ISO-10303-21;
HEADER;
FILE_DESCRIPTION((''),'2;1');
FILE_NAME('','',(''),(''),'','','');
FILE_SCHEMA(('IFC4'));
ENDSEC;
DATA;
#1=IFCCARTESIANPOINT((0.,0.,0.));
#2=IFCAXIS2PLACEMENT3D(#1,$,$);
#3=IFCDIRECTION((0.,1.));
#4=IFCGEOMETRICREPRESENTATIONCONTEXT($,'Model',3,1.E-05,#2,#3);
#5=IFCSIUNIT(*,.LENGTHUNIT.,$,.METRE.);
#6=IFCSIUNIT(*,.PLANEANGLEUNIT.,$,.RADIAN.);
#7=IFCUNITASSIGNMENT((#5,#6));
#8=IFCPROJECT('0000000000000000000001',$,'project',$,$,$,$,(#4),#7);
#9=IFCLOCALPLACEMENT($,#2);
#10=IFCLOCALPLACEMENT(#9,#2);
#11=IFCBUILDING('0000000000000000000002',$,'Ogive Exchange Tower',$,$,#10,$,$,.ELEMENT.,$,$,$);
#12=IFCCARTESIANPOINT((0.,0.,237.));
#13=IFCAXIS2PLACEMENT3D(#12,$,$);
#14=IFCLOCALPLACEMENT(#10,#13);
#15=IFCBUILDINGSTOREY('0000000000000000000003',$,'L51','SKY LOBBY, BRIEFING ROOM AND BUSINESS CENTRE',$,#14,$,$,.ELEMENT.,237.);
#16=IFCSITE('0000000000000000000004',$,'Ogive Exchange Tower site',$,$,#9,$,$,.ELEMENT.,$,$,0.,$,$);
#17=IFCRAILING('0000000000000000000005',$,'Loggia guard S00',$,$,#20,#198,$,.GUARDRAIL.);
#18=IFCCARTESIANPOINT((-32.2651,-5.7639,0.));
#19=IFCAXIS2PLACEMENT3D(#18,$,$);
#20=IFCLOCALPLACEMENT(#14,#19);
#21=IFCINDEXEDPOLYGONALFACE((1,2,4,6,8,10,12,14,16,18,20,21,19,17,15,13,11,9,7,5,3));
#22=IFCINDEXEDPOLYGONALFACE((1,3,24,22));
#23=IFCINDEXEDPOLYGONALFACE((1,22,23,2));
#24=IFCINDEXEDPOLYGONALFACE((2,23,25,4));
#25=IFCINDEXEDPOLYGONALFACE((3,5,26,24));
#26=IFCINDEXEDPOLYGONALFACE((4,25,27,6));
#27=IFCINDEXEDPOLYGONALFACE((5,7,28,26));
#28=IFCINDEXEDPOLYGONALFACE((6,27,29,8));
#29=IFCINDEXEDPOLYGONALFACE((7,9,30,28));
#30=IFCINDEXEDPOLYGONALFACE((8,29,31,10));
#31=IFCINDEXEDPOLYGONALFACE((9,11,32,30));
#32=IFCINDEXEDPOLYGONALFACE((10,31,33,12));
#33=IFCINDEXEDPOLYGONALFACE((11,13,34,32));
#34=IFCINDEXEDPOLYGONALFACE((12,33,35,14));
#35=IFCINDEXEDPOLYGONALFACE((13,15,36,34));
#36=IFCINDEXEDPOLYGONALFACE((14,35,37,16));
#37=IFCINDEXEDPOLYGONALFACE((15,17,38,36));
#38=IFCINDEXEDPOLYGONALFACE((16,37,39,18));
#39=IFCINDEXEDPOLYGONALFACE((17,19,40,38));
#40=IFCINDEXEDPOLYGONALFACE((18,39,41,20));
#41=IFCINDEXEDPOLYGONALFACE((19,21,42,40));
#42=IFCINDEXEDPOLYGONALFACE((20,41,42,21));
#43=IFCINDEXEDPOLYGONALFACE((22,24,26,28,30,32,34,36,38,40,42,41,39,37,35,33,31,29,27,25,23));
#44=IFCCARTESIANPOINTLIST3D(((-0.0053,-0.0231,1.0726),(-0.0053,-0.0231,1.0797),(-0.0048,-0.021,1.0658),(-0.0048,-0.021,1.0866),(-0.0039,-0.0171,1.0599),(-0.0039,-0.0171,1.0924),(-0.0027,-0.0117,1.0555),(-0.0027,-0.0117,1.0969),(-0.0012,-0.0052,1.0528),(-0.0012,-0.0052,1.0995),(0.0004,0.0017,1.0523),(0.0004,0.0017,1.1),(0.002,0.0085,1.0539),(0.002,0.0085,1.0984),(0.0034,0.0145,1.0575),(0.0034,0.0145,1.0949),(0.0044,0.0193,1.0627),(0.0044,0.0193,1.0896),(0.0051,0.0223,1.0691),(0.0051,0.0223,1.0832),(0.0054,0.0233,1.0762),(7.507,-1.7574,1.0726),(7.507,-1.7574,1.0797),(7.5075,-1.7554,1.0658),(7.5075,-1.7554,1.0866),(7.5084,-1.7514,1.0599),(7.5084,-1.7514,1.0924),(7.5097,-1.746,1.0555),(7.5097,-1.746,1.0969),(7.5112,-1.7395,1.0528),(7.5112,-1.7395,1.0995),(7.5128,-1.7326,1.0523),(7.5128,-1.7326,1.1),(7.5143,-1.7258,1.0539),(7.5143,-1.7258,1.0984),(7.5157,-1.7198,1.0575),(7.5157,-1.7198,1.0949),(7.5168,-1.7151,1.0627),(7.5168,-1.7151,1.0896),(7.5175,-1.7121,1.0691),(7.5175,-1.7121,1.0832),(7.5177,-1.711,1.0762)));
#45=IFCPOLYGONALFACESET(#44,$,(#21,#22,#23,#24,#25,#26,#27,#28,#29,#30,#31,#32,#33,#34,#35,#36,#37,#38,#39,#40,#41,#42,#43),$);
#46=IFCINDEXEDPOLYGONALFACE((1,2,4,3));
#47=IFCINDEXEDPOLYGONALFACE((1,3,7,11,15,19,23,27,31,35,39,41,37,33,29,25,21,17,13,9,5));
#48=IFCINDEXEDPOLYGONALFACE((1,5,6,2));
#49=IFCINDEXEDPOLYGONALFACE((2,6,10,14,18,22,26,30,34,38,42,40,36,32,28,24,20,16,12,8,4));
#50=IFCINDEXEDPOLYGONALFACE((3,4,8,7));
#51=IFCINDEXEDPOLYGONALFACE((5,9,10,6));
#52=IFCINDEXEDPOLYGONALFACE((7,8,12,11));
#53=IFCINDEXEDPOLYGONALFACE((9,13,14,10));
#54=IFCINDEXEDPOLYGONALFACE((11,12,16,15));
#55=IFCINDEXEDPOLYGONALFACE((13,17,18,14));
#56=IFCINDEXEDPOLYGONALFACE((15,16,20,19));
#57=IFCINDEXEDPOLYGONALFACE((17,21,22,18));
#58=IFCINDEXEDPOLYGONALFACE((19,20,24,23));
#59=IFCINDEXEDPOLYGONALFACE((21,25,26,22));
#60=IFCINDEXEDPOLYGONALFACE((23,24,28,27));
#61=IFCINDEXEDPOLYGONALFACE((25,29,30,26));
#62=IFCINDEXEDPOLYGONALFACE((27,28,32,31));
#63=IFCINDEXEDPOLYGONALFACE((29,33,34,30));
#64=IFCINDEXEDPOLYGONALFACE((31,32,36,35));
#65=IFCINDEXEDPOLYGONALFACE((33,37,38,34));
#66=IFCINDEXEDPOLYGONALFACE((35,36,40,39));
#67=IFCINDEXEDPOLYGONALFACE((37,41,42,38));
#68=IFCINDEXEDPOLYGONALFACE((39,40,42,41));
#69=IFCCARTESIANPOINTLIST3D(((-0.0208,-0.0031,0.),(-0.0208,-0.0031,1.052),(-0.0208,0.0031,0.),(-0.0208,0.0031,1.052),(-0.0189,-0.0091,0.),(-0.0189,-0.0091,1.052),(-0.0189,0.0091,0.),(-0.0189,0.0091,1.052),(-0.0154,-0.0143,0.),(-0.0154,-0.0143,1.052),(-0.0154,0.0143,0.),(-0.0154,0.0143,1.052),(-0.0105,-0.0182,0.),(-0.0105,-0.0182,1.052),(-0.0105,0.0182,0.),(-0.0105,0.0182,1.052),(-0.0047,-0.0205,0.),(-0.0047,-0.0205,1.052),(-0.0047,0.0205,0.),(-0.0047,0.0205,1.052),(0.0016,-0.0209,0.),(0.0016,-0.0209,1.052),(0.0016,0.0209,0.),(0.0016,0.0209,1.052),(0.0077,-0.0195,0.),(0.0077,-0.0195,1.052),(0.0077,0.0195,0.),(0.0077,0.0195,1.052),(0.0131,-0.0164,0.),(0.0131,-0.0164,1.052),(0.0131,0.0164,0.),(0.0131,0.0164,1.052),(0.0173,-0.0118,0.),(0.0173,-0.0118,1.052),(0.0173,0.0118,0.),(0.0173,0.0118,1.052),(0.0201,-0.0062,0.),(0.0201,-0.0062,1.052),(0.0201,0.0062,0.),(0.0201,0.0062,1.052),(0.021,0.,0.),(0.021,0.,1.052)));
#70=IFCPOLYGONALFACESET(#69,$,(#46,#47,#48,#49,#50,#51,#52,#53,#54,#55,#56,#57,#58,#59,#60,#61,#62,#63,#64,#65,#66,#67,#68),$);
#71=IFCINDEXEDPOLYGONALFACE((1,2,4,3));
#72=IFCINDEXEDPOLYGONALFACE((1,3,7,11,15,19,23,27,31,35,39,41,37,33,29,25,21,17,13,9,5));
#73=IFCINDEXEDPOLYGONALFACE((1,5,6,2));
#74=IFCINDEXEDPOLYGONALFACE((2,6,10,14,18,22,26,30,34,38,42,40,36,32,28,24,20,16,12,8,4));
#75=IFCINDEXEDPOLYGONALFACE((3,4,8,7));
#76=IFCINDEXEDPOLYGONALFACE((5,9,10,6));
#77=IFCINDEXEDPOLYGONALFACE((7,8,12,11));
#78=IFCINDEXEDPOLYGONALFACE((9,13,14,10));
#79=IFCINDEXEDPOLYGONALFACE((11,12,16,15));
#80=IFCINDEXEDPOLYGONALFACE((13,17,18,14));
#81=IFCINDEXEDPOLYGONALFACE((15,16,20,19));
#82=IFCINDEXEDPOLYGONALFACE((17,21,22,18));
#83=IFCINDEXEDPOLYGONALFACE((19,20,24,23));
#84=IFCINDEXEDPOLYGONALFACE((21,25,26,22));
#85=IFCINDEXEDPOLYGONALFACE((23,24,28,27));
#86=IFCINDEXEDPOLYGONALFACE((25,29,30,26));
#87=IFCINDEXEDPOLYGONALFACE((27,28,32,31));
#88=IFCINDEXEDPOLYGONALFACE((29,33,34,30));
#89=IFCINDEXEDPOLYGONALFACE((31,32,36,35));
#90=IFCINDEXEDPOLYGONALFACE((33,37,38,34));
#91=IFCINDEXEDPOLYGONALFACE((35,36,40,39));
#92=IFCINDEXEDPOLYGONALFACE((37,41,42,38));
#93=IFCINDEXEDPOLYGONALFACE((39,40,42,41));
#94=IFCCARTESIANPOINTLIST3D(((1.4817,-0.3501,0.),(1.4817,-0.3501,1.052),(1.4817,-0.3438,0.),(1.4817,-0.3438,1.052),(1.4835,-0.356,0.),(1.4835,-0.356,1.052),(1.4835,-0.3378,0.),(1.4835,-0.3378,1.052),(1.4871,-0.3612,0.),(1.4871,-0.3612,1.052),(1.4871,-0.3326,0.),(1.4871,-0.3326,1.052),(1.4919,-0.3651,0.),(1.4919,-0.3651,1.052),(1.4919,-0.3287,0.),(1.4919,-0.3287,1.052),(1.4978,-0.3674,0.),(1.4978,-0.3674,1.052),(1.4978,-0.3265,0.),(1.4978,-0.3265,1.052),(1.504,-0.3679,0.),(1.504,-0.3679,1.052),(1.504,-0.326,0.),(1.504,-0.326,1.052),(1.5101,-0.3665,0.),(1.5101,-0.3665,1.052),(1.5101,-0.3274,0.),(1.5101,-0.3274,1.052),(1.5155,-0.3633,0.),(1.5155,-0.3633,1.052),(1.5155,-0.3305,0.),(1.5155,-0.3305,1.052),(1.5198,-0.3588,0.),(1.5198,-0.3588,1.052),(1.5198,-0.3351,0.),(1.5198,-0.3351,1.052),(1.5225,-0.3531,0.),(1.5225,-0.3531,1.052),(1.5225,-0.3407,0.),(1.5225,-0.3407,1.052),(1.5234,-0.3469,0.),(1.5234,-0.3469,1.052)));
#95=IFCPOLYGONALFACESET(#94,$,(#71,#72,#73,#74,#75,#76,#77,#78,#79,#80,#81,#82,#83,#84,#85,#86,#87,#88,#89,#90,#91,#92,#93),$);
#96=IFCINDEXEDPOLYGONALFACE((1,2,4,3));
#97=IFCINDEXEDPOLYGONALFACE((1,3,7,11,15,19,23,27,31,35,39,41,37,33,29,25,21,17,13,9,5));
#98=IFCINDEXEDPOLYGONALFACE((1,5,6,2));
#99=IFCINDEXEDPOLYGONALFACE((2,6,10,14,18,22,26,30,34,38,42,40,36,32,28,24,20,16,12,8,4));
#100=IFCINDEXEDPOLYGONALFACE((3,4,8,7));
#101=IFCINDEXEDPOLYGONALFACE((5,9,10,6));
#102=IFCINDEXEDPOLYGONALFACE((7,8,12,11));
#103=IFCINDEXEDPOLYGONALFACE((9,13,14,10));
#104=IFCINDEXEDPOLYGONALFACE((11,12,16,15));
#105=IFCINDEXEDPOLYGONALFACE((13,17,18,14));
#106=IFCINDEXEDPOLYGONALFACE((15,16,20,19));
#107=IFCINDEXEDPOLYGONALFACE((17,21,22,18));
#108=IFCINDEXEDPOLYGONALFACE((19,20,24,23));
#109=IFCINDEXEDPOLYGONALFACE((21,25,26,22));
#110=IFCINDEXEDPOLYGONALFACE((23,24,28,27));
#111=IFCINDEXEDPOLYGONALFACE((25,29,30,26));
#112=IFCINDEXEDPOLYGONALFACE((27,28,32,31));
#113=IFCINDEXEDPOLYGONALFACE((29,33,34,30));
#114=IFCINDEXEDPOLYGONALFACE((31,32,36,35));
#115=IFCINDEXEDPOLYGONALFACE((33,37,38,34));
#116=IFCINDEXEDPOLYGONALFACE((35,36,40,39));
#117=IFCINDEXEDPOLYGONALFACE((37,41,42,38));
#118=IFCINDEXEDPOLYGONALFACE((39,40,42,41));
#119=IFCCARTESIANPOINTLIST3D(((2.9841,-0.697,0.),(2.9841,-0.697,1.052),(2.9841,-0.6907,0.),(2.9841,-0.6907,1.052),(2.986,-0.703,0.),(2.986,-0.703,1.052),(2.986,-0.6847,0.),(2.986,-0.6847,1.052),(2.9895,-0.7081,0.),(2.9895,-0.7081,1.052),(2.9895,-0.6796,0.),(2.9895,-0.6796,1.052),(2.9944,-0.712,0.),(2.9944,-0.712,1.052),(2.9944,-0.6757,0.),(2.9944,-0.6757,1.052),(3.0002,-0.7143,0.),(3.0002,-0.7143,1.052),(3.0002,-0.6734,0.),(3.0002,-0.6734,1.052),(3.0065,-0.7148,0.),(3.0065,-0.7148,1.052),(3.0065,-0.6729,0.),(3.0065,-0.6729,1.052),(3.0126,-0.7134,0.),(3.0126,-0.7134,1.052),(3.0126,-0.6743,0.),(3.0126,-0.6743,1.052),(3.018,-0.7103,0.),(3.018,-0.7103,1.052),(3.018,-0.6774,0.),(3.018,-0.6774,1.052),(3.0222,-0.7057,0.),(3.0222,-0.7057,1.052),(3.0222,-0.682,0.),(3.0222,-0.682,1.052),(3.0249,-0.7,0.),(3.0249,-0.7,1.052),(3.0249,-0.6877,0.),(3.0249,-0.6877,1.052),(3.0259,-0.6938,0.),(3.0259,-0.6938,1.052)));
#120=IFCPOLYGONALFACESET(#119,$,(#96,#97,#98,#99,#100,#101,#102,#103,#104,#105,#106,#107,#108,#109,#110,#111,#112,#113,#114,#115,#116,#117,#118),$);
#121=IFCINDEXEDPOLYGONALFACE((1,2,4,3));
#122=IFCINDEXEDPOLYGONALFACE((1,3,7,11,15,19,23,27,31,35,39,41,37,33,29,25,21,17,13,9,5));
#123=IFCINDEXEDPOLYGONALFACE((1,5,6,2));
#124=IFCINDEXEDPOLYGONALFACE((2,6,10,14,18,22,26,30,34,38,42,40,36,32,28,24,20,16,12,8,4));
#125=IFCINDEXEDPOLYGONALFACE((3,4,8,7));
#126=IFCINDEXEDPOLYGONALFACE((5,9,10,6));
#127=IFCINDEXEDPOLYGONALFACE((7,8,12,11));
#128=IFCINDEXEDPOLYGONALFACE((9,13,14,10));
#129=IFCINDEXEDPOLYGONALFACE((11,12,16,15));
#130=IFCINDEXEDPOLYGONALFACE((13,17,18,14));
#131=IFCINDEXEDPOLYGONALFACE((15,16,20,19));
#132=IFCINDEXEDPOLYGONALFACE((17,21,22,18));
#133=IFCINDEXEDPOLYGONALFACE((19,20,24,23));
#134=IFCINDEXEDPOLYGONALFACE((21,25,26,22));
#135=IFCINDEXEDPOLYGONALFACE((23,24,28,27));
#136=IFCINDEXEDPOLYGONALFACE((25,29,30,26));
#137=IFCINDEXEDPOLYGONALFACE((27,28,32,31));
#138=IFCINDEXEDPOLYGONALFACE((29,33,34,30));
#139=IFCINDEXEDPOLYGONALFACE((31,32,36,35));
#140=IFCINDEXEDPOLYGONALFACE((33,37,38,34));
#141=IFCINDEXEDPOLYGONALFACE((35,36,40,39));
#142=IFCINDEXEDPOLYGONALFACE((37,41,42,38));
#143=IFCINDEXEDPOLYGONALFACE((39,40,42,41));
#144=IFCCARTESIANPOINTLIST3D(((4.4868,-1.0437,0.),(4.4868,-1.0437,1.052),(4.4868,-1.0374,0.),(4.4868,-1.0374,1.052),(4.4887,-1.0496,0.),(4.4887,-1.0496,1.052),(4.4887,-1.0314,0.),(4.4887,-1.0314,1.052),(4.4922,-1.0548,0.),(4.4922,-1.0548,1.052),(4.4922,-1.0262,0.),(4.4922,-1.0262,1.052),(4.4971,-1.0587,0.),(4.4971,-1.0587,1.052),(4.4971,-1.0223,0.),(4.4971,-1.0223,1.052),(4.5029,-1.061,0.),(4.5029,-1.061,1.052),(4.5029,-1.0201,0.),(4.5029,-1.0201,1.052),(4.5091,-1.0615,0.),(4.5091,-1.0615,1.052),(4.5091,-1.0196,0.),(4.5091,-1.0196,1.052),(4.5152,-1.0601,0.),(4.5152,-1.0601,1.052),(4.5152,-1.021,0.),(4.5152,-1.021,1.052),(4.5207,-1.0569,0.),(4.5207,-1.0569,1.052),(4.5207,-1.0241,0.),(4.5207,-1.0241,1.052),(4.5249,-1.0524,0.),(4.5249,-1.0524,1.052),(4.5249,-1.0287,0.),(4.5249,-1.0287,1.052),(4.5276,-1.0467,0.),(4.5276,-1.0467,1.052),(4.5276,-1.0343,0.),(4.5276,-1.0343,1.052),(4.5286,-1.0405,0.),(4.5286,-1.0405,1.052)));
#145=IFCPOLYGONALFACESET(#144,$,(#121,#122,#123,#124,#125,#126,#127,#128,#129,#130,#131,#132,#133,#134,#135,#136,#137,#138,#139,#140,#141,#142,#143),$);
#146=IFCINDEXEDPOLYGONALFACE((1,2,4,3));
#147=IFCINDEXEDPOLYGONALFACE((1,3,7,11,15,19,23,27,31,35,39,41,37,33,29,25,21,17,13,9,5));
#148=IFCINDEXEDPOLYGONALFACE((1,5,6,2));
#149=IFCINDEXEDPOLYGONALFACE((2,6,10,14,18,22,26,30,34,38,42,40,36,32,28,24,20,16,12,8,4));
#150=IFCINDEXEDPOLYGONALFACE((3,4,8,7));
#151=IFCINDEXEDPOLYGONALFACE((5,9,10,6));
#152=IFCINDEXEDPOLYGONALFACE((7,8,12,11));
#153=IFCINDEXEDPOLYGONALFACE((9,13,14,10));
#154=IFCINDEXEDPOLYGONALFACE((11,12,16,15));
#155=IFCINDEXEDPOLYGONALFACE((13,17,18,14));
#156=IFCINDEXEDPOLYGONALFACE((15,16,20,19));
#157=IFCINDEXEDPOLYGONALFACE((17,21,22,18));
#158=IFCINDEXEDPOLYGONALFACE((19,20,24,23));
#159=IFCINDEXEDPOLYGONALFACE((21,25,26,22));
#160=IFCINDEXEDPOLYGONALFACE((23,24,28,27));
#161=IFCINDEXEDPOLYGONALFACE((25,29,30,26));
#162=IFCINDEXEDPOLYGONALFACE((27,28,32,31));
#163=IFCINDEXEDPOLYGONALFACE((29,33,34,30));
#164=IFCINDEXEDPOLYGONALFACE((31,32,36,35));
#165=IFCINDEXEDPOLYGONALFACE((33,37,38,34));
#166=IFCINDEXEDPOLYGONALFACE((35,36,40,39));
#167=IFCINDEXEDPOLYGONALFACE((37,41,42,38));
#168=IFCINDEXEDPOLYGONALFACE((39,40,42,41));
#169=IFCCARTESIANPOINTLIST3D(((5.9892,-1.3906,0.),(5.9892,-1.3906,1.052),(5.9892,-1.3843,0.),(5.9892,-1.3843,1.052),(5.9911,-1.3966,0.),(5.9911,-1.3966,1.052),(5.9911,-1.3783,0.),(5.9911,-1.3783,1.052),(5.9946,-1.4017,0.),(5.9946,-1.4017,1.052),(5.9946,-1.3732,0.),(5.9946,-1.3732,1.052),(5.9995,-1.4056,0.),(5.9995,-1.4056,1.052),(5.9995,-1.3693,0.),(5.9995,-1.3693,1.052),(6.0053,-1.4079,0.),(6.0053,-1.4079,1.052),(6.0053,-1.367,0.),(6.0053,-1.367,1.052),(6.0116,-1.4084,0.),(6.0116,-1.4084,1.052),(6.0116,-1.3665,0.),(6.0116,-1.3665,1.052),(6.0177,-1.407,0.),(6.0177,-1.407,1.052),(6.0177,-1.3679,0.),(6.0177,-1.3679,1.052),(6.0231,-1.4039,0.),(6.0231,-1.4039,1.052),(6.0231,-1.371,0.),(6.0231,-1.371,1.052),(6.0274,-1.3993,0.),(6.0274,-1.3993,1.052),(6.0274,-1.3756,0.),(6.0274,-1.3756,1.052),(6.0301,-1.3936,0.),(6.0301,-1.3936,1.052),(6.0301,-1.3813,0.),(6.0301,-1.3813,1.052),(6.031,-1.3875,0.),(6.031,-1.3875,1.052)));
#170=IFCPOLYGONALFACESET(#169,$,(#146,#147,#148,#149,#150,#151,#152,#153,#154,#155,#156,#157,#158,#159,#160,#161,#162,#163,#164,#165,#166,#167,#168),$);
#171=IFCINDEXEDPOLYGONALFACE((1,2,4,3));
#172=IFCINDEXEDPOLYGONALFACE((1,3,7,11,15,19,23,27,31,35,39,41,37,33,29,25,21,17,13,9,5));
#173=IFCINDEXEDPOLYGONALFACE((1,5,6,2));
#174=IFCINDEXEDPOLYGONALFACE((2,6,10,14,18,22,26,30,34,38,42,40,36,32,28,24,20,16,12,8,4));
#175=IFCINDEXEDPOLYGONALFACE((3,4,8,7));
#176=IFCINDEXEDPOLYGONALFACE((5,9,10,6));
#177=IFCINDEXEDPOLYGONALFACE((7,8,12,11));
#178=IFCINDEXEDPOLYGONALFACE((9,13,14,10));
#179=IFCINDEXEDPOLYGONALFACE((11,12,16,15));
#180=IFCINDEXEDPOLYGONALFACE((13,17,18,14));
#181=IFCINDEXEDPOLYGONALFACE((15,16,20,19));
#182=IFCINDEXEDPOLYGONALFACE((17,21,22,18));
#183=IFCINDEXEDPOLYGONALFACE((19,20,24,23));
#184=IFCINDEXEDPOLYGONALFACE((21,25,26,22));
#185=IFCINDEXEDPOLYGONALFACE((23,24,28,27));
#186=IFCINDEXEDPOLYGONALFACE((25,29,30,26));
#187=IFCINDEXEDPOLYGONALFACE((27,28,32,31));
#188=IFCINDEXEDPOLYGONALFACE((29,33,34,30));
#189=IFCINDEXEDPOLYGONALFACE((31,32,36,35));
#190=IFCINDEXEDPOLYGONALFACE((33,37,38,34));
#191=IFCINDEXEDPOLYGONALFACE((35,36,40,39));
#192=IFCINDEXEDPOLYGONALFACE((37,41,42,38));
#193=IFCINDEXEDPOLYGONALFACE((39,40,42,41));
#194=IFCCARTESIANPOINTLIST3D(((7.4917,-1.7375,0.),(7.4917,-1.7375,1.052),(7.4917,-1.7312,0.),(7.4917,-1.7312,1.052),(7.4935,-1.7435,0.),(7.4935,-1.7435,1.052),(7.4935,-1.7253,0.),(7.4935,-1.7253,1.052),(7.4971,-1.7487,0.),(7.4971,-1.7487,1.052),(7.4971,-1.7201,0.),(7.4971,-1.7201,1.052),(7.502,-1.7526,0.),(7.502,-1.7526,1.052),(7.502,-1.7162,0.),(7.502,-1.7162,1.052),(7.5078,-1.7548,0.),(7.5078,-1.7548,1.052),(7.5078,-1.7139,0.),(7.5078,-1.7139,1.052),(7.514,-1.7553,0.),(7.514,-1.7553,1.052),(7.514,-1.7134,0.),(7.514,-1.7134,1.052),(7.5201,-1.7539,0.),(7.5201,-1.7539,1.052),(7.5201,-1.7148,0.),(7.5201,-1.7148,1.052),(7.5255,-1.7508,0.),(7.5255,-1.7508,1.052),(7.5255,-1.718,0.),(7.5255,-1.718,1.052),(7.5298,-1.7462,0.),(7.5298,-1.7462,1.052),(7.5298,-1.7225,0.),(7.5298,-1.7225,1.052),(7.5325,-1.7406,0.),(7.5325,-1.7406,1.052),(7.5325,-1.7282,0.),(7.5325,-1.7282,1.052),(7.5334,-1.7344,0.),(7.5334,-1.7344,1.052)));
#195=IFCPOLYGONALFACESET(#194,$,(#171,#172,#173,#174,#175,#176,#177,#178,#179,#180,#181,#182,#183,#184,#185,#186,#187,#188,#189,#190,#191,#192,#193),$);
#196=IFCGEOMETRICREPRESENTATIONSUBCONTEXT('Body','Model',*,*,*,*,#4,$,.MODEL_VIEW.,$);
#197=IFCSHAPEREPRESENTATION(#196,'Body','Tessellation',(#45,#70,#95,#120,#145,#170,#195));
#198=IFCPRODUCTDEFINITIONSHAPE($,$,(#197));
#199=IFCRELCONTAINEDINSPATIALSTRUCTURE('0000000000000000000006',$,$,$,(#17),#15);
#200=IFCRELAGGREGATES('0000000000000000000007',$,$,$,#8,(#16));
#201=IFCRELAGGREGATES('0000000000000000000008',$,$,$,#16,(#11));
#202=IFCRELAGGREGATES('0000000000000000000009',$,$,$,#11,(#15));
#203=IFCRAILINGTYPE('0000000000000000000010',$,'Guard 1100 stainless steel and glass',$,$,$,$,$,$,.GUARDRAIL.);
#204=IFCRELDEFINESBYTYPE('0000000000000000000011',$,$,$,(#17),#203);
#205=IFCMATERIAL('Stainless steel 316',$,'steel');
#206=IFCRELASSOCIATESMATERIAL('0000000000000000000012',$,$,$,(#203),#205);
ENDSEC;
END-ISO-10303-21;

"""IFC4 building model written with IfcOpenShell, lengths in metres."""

from ifc_helpers import new_model, si_unit, direction, frame, origin, origin_2d, place, context, subcontext, project, spatial, circle, extrude, material, type_object, element, save


model = new_model("IFC4")

# Units and contexts
model_context = context("Model", 3, precision=1e-05, world=origin(), true_north=direction((0.0, 1.0)))
body_context = subcontext(model_context, "Body", "Model", "MODEL_VIEW")
ifc_project = project(units=[si_unit("LENGTHUNIT", "METRE"), si_unit("PLANEANGLEUNIT", "RADIAN")], contexts=[model_context])

# Site, building, storey
site_placement = place(None, origin())
site = spatial("IfcSite", under=ifc_project, at=site_placement, Name="Ogive Exchange Tower site", CompositionType="ELEMENT", RefElevation=0.0)
building_placement = place(site_placement, origin())
building = spatial("IfcBuilding", under=site, at=building_placement, Name="Ogive Exchange Tower", CompositionType="ELEMENT")
storey_placement = place(building_placement, frame((0.0, 0.0, 237.0)))
storey = spatial("IfcBuildingStorey", under=building, at=storey_placement, Name="L51", Description="SKY LOBBY, BRIEFING ROOM AND BUSINESS CENTRE", CompositionType="ELEMENT", Elevation=237.0)

# Railing
ifc_material_1 = material(Name="Stainless steel 316", Category="steel")
railing_type_1 = type_object("IfcRailingType", Name="Guard 1100 stainless steel and glass", PredefinedType="GUARDRAIL", material=ifc_material_1)
railing_1_placement = place(storey_placement, frame((-32.2651, -5.7639, 0.0)))
element("IfcRailing", 1, at=railing_1_placement, inside=storey, type_object=railing_type_1, Name="Loggia guard S00", PredefinedType="GUARDRAIL", context=body_context, shape_type="SweptSolid", body=[
    extrude(circle(Radius=0.0239, at=origin_2d()), frame((0.0, 0.0, 1.0762), z_axis=(0.97437, -0.22495, 0.0), x_axis=(0.22495, 0.97437, 0.0)), (0.0, 0.0, 1.0), 7.71),
    extrude(circle(Radius=0.021, at=origin_2d()), origin(), (0.0, 0.0, 1.0), 1.052),
    extrude(circle(Radius=0.021, at=origin_2d()), frame((1.5024, -0.3469, 0.0)), (0.0, 0.0, 1.0), 1.052),
    extrude(circle(Radius=0.021, at=origin_2d()), frame((3.0049, -0.6938, 0.0)), (0.0, 0.0, 1.0), 1.052),
    extrude(circle(Radius=0.021, at=origin_2d()), frame((4.5076, -1.0405, 0.0)), (0.0, 0.0, 1.0), 1.052),
    extrude(circle(Radius=0.021, at=origin_2d()), frame((6.01, -1.3875, 0.0)), (0.0, 0.0, 1.0), 1.052),
    extrude(circle(Radius=0.021, at=origin_2d()), frame((7.5125, -1.7344, 0.0)), (0.0, 0.0, 1.0), 1.052),
])

save(model, "model.ifc")
